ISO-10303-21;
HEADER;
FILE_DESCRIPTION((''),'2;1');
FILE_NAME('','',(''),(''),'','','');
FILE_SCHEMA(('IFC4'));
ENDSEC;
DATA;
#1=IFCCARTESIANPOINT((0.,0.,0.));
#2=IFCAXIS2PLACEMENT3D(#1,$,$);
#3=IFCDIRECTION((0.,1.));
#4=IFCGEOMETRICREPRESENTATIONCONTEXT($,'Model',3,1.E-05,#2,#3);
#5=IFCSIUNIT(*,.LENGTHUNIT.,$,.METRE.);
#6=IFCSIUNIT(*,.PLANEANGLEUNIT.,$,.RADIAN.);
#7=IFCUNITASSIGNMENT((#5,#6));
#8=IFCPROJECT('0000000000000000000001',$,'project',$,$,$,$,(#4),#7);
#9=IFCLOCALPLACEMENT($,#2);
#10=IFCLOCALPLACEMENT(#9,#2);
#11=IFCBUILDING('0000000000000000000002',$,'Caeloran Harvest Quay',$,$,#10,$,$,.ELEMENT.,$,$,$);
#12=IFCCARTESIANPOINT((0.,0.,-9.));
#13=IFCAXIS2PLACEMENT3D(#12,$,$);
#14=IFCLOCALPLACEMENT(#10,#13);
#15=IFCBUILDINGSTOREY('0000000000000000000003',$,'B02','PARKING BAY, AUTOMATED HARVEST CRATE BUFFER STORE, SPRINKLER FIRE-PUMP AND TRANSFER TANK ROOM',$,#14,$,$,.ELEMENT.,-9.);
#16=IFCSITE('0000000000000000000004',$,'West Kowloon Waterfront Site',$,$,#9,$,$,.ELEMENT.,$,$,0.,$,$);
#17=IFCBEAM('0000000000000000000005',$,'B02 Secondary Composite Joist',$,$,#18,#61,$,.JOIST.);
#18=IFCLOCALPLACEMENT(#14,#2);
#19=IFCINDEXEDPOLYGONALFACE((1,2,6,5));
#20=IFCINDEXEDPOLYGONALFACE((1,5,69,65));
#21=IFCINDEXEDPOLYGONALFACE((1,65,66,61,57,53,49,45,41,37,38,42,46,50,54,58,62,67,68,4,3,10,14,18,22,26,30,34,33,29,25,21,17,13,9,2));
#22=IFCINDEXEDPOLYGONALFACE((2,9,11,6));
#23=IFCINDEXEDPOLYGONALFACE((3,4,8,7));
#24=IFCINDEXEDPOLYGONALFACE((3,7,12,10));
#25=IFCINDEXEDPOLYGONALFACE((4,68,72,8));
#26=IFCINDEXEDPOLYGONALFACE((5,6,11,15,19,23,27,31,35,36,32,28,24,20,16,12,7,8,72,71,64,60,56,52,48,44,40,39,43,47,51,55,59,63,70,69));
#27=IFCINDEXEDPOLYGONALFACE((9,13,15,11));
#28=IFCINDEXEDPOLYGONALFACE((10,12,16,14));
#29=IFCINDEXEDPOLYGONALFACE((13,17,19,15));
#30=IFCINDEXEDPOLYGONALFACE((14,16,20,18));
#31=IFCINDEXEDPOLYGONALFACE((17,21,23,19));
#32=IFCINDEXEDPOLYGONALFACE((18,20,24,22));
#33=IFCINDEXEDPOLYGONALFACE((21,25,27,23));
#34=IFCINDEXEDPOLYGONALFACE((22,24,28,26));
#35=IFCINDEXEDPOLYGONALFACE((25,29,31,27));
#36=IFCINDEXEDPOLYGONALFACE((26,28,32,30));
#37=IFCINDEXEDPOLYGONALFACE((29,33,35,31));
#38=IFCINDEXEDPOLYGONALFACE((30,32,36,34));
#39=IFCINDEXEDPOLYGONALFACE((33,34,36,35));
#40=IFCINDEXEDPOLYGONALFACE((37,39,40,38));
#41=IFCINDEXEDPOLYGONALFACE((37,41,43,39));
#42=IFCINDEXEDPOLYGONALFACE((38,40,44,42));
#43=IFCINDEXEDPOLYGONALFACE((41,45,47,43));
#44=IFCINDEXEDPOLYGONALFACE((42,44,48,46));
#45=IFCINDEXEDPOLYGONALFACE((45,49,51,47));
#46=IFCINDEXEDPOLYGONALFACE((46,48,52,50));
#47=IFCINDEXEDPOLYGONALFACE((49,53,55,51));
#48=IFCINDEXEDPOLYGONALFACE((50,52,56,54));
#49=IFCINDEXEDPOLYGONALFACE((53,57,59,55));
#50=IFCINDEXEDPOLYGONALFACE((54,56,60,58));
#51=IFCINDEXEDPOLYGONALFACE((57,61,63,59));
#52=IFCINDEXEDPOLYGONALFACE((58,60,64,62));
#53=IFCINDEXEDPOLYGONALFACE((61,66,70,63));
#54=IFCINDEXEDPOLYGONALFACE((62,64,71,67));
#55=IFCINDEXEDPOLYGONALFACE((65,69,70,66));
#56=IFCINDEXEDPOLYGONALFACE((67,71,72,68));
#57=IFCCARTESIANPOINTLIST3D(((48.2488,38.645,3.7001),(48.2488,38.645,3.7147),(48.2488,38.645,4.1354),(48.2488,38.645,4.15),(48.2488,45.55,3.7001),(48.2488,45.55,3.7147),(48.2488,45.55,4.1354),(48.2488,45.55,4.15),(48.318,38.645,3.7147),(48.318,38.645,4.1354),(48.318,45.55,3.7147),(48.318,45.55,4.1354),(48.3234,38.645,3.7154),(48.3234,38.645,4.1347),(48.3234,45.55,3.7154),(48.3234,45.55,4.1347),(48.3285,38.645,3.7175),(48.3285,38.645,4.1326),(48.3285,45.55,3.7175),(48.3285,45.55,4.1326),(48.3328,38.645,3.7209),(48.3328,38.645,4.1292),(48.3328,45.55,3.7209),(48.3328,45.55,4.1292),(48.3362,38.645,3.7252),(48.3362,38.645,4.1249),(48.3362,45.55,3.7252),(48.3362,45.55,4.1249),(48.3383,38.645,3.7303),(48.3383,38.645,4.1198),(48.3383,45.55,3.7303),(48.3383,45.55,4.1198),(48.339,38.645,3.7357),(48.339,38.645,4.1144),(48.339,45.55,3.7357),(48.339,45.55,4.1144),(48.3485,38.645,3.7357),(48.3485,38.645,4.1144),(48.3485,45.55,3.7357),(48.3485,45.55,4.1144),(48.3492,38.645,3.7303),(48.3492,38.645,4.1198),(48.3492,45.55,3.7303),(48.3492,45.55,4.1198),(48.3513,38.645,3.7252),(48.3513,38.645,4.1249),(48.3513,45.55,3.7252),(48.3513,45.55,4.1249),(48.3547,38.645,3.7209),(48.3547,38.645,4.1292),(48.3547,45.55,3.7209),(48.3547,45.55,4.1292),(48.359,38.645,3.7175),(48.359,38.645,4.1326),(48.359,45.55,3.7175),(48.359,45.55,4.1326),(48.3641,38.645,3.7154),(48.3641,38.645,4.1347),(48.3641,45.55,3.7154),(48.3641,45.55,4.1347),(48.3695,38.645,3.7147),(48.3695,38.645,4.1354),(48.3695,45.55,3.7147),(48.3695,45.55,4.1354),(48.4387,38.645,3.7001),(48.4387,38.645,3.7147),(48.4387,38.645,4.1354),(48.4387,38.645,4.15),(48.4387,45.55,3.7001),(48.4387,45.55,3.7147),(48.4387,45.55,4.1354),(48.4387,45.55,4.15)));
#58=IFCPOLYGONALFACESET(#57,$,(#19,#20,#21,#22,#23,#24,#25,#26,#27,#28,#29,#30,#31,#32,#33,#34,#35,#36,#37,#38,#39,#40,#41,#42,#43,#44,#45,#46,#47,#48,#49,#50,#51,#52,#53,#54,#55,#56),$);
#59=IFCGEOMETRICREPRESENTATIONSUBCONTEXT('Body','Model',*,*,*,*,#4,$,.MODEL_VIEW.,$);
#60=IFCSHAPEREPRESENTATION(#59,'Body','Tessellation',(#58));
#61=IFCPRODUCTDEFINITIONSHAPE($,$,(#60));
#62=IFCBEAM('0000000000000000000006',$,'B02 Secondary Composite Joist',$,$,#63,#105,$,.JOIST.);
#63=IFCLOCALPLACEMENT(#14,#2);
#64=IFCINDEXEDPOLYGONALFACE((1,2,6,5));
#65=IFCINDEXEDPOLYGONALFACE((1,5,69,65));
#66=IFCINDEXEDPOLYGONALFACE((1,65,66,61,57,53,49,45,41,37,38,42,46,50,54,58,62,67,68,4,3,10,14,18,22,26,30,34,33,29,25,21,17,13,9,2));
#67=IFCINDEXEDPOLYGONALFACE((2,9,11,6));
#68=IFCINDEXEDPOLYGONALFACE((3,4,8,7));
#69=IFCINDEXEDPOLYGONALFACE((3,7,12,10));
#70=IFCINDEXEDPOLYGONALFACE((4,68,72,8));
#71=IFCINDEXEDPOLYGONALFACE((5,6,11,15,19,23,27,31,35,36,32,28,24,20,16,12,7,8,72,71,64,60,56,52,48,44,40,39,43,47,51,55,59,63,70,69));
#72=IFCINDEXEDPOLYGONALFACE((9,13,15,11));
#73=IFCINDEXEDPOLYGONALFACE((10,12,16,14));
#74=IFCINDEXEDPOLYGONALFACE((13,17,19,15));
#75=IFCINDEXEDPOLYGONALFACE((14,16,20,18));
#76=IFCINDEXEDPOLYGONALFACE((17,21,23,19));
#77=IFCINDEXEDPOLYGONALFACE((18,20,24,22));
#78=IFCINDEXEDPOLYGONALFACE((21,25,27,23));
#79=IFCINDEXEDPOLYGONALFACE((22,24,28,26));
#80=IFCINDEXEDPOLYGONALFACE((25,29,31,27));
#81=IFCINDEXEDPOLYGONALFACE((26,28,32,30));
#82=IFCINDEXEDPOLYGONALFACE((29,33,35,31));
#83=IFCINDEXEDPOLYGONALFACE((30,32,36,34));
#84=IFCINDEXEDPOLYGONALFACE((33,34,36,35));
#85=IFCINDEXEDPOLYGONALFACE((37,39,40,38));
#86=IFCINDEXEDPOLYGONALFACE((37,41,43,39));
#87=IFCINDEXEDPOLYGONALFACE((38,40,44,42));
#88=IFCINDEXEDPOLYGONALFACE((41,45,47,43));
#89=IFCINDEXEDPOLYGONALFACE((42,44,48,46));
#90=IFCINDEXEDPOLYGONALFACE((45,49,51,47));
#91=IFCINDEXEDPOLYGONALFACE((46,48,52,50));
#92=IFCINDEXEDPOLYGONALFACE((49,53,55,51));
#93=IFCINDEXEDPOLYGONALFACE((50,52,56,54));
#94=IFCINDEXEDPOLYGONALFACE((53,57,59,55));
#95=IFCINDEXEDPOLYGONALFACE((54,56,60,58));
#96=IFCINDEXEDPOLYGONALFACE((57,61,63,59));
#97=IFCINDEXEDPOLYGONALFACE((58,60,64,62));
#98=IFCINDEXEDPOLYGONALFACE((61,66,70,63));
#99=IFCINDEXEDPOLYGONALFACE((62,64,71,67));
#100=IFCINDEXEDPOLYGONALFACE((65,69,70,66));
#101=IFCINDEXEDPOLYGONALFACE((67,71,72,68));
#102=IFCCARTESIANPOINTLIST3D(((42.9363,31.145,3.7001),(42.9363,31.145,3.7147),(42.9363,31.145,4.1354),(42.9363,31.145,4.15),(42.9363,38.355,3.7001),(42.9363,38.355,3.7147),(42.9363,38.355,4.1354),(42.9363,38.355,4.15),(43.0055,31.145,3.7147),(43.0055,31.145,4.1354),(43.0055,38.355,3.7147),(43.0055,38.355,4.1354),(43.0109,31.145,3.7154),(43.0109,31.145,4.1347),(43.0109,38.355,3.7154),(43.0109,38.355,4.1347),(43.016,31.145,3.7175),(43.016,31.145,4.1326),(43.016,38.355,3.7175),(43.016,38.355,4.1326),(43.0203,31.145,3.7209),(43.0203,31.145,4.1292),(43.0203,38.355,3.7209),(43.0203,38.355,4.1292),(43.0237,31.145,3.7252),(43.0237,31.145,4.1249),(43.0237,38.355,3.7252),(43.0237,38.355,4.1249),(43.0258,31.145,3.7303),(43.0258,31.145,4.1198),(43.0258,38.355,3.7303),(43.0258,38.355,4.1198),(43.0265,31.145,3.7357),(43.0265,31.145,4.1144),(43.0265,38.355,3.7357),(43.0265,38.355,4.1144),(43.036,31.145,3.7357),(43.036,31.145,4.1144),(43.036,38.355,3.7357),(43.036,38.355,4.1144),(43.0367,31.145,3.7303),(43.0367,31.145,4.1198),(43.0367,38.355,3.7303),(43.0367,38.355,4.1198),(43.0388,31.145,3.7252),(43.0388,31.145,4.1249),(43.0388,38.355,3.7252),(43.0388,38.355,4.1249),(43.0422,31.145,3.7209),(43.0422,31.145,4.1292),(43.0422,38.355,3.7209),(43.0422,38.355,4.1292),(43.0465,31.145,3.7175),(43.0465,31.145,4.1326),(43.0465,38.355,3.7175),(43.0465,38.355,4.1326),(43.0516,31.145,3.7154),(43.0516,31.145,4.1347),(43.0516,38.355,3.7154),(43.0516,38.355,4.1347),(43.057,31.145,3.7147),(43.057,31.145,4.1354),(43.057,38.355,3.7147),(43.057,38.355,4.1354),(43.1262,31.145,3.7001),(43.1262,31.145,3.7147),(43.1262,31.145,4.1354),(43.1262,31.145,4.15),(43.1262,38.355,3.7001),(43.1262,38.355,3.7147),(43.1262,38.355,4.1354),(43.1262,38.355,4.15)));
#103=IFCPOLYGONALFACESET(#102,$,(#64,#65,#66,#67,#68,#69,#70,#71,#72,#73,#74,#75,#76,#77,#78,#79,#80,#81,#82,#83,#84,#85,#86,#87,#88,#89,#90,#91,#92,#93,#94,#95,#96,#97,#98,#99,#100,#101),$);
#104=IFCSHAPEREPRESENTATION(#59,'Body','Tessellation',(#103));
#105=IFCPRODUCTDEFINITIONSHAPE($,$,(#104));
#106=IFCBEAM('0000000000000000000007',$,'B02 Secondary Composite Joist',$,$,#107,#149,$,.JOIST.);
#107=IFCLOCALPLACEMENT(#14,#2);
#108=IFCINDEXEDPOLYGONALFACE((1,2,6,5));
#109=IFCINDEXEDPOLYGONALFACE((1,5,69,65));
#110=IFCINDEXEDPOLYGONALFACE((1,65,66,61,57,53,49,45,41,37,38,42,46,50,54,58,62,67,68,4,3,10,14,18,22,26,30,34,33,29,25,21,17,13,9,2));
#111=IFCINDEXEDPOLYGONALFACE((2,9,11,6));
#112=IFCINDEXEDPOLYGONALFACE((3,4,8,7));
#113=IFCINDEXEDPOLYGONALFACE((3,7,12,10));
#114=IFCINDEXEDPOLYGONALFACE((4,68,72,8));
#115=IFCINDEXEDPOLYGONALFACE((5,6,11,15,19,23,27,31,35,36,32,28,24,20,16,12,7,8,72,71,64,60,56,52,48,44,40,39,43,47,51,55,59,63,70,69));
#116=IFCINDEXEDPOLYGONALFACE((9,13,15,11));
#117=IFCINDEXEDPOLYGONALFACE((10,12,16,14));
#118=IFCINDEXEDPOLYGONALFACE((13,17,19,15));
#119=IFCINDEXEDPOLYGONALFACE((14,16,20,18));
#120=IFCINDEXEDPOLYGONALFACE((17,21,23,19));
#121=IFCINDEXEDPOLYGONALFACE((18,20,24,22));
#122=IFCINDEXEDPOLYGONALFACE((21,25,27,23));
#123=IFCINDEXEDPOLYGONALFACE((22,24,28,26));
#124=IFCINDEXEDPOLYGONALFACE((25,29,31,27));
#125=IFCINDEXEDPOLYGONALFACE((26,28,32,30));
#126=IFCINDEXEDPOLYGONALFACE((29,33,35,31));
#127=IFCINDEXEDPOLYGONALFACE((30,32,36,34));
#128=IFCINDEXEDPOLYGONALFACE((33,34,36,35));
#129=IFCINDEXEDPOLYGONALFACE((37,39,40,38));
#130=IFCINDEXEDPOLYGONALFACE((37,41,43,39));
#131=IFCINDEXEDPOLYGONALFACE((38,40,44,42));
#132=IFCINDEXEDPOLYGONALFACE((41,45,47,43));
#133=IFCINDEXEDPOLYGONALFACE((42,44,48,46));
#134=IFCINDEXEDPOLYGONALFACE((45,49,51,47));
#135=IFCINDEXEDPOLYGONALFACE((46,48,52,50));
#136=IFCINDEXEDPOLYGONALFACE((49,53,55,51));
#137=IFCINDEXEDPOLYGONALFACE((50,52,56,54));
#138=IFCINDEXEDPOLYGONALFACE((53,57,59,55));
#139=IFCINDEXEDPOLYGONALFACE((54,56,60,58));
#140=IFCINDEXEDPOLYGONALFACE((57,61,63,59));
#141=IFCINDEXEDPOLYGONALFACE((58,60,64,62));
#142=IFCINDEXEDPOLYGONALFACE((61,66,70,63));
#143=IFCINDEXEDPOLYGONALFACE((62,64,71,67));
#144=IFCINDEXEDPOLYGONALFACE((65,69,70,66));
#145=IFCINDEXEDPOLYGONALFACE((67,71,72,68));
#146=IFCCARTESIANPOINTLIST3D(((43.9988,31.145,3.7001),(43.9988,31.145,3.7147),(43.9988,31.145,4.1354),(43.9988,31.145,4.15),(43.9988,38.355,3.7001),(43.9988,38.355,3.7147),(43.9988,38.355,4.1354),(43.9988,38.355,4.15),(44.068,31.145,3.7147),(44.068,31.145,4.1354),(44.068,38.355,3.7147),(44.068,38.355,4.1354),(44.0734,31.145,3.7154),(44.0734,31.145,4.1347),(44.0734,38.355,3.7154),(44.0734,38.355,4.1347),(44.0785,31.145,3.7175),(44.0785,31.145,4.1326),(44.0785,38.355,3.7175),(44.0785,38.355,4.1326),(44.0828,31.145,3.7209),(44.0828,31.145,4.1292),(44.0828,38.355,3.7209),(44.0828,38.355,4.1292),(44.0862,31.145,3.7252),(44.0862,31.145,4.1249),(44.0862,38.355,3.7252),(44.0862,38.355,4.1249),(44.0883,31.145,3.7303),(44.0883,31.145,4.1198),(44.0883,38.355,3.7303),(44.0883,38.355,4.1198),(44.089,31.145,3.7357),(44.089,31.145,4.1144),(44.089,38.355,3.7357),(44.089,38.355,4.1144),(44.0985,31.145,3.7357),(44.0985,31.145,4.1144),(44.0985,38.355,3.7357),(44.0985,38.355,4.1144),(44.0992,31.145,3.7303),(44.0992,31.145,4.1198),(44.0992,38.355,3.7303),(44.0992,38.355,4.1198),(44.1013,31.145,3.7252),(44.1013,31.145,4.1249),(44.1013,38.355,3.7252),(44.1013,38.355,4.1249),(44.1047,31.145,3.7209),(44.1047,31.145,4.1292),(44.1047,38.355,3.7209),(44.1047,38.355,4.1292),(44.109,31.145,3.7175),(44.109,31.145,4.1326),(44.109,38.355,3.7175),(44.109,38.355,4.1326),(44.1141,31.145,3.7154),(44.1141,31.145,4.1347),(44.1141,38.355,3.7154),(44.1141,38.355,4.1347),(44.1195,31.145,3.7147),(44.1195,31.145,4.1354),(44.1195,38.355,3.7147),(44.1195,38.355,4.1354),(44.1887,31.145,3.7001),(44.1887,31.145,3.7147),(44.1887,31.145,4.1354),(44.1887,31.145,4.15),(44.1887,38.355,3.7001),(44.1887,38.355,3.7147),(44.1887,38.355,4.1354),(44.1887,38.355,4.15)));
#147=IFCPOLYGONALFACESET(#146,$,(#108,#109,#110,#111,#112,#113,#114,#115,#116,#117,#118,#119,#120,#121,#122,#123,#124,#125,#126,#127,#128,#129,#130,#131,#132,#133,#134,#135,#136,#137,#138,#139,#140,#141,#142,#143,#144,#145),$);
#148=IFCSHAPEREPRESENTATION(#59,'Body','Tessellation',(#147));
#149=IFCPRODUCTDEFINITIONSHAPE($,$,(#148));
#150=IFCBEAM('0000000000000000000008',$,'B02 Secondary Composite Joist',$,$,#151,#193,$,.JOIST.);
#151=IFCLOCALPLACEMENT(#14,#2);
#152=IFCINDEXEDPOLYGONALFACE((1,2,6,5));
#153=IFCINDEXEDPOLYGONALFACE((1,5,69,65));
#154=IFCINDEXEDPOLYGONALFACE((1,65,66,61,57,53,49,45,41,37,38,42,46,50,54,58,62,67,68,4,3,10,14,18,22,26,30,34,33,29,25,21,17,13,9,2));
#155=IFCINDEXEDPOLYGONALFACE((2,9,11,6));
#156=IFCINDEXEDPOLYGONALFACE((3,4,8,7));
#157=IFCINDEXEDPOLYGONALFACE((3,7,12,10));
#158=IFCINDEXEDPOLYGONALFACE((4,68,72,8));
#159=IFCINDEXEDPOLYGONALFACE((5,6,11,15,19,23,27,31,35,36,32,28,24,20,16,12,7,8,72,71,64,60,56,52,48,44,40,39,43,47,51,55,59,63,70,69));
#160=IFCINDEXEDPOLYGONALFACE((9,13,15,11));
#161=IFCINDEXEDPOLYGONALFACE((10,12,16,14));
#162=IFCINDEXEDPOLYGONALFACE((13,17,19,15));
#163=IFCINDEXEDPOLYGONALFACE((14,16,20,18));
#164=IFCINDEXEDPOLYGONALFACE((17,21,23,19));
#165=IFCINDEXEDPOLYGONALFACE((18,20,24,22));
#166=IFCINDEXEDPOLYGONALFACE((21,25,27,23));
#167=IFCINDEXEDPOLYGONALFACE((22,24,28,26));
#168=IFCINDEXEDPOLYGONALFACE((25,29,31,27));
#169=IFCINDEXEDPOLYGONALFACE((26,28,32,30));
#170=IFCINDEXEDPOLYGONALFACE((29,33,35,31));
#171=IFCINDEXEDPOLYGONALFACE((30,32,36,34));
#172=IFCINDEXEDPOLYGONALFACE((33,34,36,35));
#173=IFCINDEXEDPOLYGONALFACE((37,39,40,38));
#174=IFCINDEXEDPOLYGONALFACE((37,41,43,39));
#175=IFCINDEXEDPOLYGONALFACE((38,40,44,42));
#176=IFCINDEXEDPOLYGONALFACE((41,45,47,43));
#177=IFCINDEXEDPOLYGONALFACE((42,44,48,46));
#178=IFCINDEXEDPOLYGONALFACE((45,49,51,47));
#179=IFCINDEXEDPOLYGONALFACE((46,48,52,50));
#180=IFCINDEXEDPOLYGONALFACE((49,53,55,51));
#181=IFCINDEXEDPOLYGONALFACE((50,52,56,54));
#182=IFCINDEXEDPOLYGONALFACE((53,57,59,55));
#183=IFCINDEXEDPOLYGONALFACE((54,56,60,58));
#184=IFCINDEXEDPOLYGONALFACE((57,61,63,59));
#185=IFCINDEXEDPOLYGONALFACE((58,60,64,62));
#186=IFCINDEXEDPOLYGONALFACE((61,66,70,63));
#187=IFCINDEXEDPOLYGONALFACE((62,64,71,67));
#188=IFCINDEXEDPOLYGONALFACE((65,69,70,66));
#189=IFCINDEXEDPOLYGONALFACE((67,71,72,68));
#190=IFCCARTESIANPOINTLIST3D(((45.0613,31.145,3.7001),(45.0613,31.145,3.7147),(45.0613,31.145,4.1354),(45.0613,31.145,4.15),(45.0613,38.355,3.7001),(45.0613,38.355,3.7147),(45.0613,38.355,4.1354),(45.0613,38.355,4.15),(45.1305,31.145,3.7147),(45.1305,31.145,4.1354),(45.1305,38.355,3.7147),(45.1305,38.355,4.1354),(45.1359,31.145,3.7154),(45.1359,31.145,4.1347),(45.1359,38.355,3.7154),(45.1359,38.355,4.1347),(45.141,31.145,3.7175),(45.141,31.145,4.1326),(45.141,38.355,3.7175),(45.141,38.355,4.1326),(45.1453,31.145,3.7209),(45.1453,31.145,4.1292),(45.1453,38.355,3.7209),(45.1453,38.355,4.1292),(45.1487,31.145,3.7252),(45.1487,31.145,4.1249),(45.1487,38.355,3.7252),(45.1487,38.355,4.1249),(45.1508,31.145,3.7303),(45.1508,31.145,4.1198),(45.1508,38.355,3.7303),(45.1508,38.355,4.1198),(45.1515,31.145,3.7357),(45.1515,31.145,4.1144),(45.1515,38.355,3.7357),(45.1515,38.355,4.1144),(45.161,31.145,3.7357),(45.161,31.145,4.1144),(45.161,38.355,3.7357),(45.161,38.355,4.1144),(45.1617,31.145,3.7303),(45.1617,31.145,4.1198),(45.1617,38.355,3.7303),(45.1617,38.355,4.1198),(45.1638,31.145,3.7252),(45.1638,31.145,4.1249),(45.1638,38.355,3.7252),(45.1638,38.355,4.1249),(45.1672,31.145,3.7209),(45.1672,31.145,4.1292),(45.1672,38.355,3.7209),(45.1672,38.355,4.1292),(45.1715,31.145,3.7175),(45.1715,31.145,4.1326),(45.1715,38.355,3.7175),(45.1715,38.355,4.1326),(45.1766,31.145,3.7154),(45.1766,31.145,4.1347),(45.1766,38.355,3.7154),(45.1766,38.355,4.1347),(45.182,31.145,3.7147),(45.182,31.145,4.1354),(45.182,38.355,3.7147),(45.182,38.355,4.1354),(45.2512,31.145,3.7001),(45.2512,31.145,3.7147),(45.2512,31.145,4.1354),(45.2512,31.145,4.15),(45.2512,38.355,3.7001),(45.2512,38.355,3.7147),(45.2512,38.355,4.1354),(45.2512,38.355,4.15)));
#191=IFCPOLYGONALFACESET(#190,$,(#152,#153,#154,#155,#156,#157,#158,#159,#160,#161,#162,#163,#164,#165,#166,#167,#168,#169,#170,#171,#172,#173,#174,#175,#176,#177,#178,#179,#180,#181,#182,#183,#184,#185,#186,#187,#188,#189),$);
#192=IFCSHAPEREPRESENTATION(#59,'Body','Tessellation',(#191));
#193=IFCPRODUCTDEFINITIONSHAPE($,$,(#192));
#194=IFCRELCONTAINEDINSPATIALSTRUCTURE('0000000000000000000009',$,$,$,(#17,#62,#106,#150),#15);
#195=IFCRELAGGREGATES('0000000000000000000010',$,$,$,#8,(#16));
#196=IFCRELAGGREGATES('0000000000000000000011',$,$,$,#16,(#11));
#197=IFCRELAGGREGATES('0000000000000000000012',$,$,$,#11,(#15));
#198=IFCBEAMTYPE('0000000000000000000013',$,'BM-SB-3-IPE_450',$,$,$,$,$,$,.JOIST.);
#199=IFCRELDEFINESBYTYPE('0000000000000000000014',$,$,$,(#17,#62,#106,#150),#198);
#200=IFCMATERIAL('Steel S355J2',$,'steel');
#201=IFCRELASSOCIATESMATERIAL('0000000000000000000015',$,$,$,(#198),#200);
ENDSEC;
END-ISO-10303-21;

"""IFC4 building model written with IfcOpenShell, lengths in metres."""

from ifc_helpers import new_model, si_unit, direction, frame, origin, origin_2d, place, context, subcontext, project, spatial, i_section, extrude, material, material_profile, profile_set, type_object, element, save


model = new_model("IFC4")

# Units and contexts
model_context = context("Model", 3, precision=1e-05, world=origin(), true_north=direction((0.0, 1.0)))
body_context = subcontext(model_context, "Body", "Model", "MODEL_VIEW")
ifc_project = project(units=[si_unit("LENGTHUNIT", "METRE"), si_unit("PLANEANGLEUNIT", "RADIAN")], contexts=[model_context])

# Site, building, storey
site_placement = place(None, origin())
site = spatial("IfcSite", under=ifc_project, at=site_placement, Name="West Kowloon Waterfront Site", CompositionType="ELEMENT", RefElevation=0.0)
building_placement = place(site_placement, origin())
building = spatial("IfcBuilding", under=site, at=building_placement, Name="Caeloran Harvest Quay", CompositionType="ELEMENT")
storey_placement = place(building_placement, frame((0.0, 0.0, -9.0)))
storey = spatial("IfcBuildingStorey", under=building, at=storey_placement, Name="B02", Description="PARKING BAY, AUTOMATED HARVEST CRATE BUFFER STORE, SPRINKLER FIRE-PUMP AND TRANSFER TANK ROOM", CompositionType="ELEMENT", Elevation=-9.0)

# Beams
ifc_material_1 = material(Name="Steel S355J2", Category="steel")
ifc_material_profile_1 = material_profile(ifc_material_1, i_section(OverallWidth=0.1899, OverallDepth=0.45, WebThickness=0.0095, FlangeThickness=0.0146, FilletRadius=0.021, at=origin_2d()), Name="IPE 450")
ifc_profile_set_1 = profile_set([ifc_material_profile_1], Name="Steel S355J2")
beam_type_1 = type_object("IfcBeamType", Name="BM-SB-3-IPE_450", PredefinedType="JOIST", material=ifc_profile_set_1)
for number, where, z_axis, x_axis, name in (
    (1, (48.3438, 38.645, 3.925), (0.0, 1.0, 0.0), (-1.0, 0.0, 0.0), "B02 Secondary Composite Joist"),
):
    element("IfcBeam", number, at=place(storey_placement, frame(where, z_axis=z_axis, x_axis=x_axis)), inside=storey, type_object=beam_type_1, Name=name, PredefinedType="JOIST", context=body_context, shape_type="SweptSolid", body=[
        extrude(i_section(OverallWidth=0.1899, OverallDepth=0.45, WebThickness=0.0095, FlangeThickness=0.0146, FilletRadius=0.021, at=origin_2d()), origin(), (0.0, 0.0, 1.0), 6.905),
    ])
for number, where, z_axis, x_axis, name in (
    (2, (43.0312, 31.145, 3.925), (0.0, 1.0, 0.0), (-1.0, 0.0, 0.0), "B02 Secondary Composite Joist"),
    (3, (44.0938, 31.145, 3.925), (0.0, 1.0, 0.0), (-1.0, 0.0, 0.0), "B02 Secondary Composite Joist"),
    (4, (45.1562, 31.145, 3.925), (0.0, 1.0, 0.0), (-1.0, 0.0, 0.0), "B02 Secondary Composite Joist"),
):
    element("IfcBeam", number, at=place(storey_placement, frame(where, z_axis=z_axis, x_axis=x_axis)), inside=storey, type_object=beam_type_1, Name=name, PredefinedType="JOIST", context=body_context, shape_type="SweptSolid", body=[
        extrude(i_section(OverallWidth=0.1899, OverallDepth=0.45, WebThickness=0.0095, FlangeThickness=0.0146, FilletRadius=0.021, at=origin_2d()), origin(), (0.0, 0.0, 1.0), 7.21),
    ])

save(model, "model.ifc")
